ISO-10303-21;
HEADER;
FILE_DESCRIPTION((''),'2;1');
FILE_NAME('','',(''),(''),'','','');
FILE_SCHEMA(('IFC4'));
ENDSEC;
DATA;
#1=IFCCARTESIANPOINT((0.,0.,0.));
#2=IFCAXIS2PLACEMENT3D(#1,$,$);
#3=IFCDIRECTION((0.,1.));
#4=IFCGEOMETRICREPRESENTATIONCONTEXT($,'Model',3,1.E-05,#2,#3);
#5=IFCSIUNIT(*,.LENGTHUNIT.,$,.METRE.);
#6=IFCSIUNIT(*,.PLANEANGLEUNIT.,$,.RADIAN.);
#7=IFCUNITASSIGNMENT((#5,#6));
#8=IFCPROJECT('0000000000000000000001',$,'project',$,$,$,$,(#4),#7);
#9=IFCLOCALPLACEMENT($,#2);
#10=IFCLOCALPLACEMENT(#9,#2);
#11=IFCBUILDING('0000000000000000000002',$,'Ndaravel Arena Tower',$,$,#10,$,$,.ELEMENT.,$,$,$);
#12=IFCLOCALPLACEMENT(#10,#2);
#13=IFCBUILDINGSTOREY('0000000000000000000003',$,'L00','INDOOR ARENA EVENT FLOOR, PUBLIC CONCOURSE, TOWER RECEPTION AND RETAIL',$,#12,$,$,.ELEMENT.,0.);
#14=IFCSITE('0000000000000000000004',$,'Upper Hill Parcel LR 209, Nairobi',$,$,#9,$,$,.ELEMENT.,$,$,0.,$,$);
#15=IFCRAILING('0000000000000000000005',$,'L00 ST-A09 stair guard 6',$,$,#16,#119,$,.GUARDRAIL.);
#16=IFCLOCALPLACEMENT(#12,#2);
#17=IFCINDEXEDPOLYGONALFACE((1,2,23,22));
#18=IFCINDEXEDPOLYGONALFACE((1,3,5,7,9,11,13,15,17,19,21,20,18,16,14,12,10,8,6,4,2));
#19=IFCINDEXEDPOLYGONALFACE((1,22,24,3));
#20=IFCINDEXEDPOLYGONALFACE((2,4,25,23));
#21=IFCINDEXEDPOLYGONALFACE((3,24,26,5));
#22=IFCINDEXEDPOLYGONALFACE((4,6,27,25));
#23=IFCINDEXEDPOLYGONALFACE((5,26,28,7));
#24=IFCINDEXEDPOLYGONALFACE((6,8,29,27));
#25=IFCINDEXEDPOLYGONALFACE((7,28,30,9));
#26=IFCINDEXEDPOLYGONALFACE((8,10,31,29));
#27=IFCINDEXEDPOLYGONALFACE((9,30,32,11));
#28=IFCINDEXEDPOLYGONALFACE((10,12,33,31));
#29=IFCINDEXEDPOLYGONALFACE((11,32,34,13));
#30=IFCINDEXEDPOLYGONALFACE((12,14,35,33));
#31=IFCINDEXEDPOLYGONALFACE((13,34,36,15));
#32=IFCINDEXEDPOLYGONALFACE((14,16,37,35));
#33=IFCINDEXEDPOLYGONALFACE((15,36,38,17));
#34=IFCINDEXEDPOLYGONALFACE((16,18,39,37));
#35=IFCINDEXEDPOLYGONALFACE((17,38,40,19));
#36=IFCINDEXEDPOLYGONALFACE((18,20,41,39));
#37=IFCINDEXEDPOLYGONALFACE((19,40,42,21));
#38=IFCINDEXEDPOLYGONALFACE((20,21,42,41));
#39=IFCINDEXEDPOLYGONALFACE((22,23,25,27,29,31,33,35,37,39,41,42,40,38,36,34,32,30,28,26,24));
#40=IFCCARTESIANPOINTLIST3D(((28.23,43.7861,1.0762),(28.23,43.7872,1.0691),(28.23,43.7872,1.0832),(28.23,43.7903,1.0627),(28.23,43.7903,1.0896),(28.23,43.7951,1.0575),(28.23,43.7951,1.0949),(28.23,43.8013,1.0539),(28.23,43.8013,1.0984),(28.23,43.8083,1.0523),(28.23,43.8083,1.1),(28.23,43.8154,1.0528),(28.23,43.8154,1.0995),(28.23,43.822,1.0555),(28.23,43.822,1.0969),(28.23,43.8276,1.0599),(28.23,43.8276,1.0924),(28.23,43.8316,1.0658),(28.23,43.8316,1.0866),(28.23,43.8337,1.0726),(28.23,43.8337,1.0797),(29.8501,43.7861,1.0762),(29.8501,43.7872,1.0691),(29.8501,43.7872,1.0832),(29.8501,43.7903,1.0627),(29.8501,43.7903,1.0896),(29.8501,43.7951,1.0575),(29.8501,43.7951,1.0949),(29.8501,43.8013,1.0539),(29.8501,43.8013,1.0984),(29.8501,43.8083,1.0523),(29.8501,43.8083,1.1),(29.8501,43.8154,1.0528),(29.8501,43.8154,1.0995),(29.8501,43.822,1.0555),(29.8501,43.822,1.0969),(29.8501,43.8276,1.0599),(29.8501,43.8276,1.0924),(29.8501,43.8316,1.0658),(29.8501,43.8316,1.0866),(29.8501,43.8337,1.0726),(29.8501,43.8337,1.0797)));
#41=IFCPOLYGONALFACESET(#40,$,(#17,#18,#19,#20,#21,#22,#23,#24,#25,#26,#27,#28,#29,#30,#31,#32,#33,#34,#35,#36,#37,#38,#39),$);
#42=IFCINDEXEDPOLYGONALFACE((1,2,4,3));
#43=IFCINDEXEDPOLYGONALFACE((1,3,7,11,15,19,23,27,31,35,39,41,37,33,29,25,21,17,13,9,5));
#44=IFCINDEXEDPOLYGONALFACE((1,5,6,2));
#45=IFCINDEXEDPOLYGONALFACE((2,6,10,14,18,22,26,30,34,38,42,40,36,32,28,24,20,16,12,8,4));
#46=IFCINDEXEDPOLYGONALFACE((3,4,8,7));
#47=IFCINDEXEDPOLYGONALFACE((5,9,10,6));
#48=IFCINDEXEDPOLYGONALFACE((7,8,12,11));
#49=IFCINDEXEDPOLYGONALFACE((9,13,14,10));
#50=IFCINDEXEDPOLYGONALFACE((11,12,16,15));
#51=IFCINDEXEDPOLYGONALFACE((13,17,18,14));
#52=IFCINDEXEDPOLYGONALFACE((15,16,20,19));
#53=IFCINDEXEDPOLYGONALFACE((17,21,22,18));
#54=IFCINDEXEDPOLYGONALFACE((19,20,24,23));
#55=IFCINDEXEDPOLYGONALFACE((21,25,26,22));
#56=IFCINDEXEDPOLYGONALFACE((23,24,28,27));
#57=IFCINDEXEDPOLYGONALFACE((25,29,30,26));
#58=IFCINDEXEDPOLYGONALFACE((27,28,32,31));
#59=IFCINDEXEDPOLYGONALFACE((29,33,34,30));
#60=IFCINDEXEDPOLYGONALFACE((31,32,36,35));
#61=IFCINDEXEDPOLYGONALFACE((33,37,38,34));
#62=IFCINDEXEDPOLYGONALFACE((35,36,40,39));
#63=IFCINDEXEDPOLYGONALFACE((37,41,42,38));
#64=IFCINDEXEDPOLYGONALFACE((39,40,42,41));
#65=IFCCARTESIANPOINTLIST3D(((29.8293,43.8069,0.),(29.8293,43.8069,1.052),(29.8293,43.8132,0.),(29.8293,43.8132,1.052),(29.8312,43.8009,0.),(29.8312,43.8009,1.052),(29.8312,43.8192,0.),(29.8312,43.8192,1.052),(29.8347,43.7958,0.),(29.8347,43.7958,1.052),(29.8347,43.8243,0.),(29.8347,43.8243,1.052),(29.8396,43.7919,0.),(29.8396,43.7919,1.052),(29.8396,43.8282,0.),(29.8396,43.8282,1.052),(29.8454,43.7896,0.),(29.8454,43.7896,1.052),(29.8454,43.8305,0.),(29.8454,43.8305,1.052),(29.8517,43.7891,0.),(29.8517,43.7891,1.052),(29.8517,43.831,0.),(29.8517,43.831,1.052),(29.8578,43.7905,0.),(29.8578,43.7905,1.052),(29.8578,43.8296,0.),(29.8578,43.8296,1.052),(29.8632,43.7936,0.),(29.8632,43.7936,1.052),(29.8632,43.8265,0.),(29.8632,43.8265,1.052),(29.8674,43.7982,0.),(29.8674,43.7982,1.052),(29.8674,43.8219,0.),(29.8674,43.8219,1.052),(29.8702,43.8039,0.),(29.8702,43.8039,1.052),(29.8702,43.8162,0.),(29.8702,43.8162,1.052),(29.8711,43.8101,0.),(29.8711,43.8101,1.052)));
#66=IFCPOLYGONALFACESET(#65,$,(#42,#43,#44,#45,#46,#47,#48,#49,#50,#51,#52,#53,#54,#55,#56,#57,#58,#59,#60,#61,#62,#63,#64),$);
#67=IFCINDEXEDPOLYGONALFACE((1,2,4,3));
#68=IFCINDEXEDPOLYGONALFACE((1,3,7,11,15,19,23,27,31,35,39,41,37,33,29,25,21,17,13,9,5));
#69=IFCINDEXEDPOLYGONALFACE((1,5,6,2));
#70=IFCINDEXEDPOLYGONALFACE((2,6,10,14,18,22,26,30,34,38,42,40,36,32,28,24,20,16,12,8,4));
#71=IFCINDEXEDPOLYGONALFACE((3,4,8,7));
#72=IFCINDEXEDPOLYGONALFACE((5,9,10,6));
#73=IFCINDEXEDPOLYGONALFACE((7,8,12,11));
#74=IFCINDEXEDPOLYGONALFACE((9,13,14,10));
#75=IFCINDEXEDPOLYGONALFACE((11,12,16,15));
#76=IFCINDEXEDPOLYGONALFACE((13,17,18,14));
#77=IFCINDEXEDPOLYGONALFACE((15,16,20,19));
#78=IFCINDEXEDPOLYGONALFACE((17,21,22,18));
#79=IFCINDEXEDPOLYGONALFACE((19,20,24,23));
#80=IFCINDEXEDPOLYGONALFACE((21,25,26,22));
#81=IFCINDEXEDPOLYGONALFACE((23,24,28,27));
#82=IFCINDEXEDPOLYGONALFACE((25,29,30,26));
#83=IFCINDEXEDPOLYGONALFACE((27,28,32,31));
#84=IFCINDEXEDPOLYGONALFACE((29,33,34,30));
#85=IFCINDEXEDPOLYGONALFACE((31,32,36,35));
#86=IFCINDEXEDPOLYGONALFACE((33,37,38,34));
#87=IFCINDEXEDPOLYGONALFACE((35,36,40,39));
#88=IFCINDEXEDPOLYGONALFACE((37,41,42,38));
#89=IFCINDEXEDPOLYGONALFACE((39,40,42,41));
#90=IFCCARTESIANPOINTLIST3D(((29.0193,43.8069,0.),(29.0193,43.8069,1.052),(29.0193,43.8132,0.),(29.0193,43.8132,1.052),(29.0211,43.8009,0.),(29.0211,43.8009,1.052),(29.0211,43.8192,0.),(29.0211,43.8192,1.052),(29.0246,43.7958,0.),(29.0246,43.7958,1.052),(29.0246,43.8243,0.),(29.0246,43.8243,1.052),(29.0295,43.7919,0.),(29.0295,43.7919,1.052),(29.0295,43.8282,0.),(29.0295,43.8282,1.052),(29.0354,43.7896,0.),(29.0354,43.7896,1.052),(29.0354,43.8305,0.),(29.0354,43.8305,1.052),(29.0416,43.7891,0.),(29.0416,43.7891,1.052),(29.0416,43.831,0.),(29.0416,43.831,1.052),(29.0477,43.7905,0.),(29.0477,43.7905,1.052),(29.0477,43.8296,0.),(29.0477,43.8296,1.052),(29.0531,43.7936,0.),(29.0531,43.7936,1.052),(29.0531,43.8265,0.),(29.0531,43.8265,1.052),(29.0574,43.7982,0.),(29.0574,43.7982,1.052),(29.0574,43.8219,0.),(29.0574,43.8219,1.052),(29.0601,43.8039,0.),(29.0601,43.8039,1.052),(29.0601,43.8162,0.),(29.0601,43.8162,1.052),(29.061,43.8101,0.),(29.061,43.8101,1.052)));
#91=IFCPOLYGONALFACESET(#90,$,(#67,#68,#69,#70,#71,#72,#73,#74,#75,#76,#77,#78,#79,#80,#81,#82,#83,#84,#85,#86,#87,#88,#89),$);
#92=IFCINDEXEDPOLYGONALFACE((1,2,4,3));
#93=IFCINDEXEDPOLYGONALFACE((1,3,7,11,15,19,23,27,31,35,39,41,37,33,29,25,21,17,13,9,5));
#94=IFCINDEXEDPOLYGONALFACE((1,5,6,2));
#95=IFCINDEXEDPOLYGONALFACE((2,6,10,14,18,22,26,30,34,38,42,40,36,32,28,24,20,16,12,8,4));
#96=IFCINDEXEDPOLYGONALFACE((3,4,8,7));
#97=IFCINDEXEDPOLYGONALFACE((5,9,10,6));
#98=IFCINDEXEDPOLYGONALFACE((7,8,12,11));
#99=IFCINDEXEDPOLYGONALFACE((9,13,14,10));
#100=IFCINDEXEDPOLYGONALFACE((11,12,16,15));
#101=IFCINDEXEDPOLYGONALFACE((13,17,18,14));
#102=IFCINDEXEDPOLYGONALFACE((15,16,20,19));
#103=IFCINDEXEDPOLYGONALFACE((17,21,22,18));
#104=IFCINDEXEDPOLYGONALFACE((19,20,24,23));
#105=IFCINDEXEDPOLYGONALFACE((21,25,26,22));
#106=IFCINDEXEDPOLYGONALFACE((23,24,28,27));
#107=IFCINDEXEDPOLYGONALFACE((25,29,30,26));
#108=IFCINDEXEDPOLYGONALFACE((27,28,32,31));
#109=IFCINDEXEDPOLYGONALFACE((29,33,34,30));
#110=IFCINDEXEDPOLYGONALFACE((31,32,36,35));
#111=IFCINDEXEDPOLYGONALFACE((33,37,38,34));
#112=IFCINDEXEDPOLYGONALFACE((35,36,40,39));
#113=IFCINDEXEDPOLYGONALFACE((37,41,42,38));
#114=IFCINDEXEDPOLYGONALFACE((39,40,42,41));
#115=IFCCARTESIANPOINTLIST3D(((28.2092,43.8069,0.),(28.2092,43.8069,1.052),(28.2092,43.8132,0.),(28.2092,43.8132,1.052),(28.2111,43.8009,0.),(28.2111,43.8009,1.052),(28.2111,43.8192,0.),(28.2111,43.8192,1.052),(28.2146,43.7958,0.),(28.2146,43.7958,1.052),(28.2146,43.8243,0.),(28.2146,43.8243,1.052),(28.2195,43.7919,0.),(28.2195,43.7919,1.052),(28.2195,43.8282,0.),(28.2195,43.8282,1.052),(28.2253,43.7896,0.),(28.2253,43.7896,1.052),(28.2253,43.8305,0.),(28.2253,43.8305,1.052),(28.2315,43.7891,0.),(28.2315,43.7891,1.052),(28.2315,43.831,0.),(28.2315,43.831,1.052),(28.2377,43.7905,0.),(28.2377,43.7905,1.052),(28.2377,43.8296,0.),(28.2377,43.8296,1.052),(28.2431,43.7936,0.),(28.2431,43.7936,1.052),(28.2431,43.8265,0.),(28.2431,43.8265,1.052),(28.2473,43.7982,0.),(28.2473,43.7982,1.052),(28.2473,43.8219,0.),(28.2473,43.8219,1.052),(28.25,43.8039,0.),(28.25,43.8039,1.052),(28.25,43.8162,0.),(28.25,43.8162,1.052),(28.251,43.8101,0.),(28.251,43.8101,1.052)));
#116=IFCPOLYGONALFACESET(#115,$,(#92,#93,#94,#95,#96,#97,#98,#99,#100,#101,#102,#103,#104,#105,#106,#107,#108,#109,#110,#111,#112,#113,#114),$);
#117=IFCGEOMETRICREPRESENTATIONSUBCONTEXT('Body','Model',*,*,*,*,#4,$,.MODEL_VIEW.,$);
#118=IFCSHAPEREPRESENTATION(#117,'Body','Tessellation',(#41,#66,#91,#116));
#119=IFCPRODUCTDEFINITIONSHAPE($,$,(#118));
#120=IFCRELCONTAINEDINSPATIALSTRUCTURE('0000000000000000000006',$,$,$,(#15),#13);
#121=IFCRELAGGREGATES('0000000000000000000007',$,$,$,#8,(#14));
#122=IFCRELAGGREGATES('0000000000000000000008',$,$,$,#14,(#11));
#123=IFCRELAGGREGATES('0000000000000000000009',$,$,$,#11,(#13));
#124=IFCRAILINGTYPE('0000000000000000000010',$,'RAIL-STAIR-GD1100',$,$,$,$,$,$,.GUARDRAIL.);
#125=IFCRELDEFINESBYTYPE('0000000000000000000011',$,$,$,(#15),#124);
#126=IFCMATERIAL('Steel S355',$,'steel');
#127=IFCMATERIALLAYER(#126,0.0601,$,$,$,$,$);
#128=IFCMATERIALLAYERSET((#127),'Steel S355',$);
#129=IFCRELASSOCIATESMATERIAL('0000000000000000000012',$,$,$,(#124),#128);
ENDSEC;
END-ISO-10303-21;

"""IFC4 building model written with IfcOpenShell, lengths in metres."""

from ifc_helpers import new_model, si_unit, direction, frame, origin, origin_2d, place, context, subcontext, project, spatial, circle, extrude, material, layer, layer_set, type_object, element, save


model = new_model("IFC4")

# Units and contexts
model_context = context("Model", 3, precision=1e-05, world=origin(), true_north=direction((0.0, 1.0)))
body_context = subcontext(model_context, "Body", "Model", "MODEL_VIEW")
ifc_project = project(units=[si_unit("LENGTHUNIT", "METRE"), si_unit("PLANEANGLEUNIT", "RADIAN")], contexts=[model_context])

# Site, building, storey
site_placement = place(None, origin())
site = spatial("IfcSite", under=ifc_project, at=site_placement, Name="Upper Hill Parcel LR 209, Nairobi", CompositionType="ELEMENT", RefElevation=0.0)
building_placement = place(site_placement, origin())
building = spatial("IfcBuilding", under=site, at=building_placement, Name="Ndaravel Arena Tower", CompositionType="ELEMENT")
storey_placement = place(building_placement, origin())
storey = spatial("IfcBuildingStorey", under=building, at=storey_placement, Name="L00", Description="INDOOR ARENA EVENT FLOOR, PUBLIC CONCOURSE, TOWER RECEPTION AND RETAIL", CompositionType="ELEMENT", Elevation=0.0)

# Railing
ifc_material_1 = material(Name="Steel S355", Category="steel")
ifc_layer_1 = layer(ifc_material_1, 0.0601)
ifc_layer_set_1 = layer_set([ifc_layer_1], Name="Steel S355")
railing_type = type_object("IfcRailingType", Name="RAIL-STAIR-GD1100", PredefinedType="GUARDRAIL", material=ifc_layer_set_1)
for number, where, name in (
    (1, (29.8501, 43.8101, 0.0), "L00 ST-A09 stair guard 6"),
):
    element("IfcRailing", number, at=place(storey_placement, frame(where)), inside=storey, type_object=railing_type, Name=name, PredefinedType="GUARDRAIL", context=body_context, shape_type="SweptSolid", body=[
        extrude(circle(Radius=0.0239, at=origin_2d()), frame((0.0, 0.0, 1.0762), z_axis=(-1.0, 0.0, 0.0), x_axis=(0.0, -1.0, 0.0)), (0.0, 0.0, 1.0), 1.6201),
        extrude(circle(Radius=0.021, at=origin_2d()), origin(), (0.0, 0.0, 1.0), 1.052),
        extrude(circle(Radius=0.021, at=origin_2d()), frame((-0.8101, 0.0, 0.0)), (0.0, 0.0, 1.0), 1.052),
        extrude(circle(Radius=0.021, at=origin_2d()), frame((-1.6201, 0.0, 0.0)), (0.0, 0.0, 1.0), 1.052),
    ])

save(model, "model.ifc")
